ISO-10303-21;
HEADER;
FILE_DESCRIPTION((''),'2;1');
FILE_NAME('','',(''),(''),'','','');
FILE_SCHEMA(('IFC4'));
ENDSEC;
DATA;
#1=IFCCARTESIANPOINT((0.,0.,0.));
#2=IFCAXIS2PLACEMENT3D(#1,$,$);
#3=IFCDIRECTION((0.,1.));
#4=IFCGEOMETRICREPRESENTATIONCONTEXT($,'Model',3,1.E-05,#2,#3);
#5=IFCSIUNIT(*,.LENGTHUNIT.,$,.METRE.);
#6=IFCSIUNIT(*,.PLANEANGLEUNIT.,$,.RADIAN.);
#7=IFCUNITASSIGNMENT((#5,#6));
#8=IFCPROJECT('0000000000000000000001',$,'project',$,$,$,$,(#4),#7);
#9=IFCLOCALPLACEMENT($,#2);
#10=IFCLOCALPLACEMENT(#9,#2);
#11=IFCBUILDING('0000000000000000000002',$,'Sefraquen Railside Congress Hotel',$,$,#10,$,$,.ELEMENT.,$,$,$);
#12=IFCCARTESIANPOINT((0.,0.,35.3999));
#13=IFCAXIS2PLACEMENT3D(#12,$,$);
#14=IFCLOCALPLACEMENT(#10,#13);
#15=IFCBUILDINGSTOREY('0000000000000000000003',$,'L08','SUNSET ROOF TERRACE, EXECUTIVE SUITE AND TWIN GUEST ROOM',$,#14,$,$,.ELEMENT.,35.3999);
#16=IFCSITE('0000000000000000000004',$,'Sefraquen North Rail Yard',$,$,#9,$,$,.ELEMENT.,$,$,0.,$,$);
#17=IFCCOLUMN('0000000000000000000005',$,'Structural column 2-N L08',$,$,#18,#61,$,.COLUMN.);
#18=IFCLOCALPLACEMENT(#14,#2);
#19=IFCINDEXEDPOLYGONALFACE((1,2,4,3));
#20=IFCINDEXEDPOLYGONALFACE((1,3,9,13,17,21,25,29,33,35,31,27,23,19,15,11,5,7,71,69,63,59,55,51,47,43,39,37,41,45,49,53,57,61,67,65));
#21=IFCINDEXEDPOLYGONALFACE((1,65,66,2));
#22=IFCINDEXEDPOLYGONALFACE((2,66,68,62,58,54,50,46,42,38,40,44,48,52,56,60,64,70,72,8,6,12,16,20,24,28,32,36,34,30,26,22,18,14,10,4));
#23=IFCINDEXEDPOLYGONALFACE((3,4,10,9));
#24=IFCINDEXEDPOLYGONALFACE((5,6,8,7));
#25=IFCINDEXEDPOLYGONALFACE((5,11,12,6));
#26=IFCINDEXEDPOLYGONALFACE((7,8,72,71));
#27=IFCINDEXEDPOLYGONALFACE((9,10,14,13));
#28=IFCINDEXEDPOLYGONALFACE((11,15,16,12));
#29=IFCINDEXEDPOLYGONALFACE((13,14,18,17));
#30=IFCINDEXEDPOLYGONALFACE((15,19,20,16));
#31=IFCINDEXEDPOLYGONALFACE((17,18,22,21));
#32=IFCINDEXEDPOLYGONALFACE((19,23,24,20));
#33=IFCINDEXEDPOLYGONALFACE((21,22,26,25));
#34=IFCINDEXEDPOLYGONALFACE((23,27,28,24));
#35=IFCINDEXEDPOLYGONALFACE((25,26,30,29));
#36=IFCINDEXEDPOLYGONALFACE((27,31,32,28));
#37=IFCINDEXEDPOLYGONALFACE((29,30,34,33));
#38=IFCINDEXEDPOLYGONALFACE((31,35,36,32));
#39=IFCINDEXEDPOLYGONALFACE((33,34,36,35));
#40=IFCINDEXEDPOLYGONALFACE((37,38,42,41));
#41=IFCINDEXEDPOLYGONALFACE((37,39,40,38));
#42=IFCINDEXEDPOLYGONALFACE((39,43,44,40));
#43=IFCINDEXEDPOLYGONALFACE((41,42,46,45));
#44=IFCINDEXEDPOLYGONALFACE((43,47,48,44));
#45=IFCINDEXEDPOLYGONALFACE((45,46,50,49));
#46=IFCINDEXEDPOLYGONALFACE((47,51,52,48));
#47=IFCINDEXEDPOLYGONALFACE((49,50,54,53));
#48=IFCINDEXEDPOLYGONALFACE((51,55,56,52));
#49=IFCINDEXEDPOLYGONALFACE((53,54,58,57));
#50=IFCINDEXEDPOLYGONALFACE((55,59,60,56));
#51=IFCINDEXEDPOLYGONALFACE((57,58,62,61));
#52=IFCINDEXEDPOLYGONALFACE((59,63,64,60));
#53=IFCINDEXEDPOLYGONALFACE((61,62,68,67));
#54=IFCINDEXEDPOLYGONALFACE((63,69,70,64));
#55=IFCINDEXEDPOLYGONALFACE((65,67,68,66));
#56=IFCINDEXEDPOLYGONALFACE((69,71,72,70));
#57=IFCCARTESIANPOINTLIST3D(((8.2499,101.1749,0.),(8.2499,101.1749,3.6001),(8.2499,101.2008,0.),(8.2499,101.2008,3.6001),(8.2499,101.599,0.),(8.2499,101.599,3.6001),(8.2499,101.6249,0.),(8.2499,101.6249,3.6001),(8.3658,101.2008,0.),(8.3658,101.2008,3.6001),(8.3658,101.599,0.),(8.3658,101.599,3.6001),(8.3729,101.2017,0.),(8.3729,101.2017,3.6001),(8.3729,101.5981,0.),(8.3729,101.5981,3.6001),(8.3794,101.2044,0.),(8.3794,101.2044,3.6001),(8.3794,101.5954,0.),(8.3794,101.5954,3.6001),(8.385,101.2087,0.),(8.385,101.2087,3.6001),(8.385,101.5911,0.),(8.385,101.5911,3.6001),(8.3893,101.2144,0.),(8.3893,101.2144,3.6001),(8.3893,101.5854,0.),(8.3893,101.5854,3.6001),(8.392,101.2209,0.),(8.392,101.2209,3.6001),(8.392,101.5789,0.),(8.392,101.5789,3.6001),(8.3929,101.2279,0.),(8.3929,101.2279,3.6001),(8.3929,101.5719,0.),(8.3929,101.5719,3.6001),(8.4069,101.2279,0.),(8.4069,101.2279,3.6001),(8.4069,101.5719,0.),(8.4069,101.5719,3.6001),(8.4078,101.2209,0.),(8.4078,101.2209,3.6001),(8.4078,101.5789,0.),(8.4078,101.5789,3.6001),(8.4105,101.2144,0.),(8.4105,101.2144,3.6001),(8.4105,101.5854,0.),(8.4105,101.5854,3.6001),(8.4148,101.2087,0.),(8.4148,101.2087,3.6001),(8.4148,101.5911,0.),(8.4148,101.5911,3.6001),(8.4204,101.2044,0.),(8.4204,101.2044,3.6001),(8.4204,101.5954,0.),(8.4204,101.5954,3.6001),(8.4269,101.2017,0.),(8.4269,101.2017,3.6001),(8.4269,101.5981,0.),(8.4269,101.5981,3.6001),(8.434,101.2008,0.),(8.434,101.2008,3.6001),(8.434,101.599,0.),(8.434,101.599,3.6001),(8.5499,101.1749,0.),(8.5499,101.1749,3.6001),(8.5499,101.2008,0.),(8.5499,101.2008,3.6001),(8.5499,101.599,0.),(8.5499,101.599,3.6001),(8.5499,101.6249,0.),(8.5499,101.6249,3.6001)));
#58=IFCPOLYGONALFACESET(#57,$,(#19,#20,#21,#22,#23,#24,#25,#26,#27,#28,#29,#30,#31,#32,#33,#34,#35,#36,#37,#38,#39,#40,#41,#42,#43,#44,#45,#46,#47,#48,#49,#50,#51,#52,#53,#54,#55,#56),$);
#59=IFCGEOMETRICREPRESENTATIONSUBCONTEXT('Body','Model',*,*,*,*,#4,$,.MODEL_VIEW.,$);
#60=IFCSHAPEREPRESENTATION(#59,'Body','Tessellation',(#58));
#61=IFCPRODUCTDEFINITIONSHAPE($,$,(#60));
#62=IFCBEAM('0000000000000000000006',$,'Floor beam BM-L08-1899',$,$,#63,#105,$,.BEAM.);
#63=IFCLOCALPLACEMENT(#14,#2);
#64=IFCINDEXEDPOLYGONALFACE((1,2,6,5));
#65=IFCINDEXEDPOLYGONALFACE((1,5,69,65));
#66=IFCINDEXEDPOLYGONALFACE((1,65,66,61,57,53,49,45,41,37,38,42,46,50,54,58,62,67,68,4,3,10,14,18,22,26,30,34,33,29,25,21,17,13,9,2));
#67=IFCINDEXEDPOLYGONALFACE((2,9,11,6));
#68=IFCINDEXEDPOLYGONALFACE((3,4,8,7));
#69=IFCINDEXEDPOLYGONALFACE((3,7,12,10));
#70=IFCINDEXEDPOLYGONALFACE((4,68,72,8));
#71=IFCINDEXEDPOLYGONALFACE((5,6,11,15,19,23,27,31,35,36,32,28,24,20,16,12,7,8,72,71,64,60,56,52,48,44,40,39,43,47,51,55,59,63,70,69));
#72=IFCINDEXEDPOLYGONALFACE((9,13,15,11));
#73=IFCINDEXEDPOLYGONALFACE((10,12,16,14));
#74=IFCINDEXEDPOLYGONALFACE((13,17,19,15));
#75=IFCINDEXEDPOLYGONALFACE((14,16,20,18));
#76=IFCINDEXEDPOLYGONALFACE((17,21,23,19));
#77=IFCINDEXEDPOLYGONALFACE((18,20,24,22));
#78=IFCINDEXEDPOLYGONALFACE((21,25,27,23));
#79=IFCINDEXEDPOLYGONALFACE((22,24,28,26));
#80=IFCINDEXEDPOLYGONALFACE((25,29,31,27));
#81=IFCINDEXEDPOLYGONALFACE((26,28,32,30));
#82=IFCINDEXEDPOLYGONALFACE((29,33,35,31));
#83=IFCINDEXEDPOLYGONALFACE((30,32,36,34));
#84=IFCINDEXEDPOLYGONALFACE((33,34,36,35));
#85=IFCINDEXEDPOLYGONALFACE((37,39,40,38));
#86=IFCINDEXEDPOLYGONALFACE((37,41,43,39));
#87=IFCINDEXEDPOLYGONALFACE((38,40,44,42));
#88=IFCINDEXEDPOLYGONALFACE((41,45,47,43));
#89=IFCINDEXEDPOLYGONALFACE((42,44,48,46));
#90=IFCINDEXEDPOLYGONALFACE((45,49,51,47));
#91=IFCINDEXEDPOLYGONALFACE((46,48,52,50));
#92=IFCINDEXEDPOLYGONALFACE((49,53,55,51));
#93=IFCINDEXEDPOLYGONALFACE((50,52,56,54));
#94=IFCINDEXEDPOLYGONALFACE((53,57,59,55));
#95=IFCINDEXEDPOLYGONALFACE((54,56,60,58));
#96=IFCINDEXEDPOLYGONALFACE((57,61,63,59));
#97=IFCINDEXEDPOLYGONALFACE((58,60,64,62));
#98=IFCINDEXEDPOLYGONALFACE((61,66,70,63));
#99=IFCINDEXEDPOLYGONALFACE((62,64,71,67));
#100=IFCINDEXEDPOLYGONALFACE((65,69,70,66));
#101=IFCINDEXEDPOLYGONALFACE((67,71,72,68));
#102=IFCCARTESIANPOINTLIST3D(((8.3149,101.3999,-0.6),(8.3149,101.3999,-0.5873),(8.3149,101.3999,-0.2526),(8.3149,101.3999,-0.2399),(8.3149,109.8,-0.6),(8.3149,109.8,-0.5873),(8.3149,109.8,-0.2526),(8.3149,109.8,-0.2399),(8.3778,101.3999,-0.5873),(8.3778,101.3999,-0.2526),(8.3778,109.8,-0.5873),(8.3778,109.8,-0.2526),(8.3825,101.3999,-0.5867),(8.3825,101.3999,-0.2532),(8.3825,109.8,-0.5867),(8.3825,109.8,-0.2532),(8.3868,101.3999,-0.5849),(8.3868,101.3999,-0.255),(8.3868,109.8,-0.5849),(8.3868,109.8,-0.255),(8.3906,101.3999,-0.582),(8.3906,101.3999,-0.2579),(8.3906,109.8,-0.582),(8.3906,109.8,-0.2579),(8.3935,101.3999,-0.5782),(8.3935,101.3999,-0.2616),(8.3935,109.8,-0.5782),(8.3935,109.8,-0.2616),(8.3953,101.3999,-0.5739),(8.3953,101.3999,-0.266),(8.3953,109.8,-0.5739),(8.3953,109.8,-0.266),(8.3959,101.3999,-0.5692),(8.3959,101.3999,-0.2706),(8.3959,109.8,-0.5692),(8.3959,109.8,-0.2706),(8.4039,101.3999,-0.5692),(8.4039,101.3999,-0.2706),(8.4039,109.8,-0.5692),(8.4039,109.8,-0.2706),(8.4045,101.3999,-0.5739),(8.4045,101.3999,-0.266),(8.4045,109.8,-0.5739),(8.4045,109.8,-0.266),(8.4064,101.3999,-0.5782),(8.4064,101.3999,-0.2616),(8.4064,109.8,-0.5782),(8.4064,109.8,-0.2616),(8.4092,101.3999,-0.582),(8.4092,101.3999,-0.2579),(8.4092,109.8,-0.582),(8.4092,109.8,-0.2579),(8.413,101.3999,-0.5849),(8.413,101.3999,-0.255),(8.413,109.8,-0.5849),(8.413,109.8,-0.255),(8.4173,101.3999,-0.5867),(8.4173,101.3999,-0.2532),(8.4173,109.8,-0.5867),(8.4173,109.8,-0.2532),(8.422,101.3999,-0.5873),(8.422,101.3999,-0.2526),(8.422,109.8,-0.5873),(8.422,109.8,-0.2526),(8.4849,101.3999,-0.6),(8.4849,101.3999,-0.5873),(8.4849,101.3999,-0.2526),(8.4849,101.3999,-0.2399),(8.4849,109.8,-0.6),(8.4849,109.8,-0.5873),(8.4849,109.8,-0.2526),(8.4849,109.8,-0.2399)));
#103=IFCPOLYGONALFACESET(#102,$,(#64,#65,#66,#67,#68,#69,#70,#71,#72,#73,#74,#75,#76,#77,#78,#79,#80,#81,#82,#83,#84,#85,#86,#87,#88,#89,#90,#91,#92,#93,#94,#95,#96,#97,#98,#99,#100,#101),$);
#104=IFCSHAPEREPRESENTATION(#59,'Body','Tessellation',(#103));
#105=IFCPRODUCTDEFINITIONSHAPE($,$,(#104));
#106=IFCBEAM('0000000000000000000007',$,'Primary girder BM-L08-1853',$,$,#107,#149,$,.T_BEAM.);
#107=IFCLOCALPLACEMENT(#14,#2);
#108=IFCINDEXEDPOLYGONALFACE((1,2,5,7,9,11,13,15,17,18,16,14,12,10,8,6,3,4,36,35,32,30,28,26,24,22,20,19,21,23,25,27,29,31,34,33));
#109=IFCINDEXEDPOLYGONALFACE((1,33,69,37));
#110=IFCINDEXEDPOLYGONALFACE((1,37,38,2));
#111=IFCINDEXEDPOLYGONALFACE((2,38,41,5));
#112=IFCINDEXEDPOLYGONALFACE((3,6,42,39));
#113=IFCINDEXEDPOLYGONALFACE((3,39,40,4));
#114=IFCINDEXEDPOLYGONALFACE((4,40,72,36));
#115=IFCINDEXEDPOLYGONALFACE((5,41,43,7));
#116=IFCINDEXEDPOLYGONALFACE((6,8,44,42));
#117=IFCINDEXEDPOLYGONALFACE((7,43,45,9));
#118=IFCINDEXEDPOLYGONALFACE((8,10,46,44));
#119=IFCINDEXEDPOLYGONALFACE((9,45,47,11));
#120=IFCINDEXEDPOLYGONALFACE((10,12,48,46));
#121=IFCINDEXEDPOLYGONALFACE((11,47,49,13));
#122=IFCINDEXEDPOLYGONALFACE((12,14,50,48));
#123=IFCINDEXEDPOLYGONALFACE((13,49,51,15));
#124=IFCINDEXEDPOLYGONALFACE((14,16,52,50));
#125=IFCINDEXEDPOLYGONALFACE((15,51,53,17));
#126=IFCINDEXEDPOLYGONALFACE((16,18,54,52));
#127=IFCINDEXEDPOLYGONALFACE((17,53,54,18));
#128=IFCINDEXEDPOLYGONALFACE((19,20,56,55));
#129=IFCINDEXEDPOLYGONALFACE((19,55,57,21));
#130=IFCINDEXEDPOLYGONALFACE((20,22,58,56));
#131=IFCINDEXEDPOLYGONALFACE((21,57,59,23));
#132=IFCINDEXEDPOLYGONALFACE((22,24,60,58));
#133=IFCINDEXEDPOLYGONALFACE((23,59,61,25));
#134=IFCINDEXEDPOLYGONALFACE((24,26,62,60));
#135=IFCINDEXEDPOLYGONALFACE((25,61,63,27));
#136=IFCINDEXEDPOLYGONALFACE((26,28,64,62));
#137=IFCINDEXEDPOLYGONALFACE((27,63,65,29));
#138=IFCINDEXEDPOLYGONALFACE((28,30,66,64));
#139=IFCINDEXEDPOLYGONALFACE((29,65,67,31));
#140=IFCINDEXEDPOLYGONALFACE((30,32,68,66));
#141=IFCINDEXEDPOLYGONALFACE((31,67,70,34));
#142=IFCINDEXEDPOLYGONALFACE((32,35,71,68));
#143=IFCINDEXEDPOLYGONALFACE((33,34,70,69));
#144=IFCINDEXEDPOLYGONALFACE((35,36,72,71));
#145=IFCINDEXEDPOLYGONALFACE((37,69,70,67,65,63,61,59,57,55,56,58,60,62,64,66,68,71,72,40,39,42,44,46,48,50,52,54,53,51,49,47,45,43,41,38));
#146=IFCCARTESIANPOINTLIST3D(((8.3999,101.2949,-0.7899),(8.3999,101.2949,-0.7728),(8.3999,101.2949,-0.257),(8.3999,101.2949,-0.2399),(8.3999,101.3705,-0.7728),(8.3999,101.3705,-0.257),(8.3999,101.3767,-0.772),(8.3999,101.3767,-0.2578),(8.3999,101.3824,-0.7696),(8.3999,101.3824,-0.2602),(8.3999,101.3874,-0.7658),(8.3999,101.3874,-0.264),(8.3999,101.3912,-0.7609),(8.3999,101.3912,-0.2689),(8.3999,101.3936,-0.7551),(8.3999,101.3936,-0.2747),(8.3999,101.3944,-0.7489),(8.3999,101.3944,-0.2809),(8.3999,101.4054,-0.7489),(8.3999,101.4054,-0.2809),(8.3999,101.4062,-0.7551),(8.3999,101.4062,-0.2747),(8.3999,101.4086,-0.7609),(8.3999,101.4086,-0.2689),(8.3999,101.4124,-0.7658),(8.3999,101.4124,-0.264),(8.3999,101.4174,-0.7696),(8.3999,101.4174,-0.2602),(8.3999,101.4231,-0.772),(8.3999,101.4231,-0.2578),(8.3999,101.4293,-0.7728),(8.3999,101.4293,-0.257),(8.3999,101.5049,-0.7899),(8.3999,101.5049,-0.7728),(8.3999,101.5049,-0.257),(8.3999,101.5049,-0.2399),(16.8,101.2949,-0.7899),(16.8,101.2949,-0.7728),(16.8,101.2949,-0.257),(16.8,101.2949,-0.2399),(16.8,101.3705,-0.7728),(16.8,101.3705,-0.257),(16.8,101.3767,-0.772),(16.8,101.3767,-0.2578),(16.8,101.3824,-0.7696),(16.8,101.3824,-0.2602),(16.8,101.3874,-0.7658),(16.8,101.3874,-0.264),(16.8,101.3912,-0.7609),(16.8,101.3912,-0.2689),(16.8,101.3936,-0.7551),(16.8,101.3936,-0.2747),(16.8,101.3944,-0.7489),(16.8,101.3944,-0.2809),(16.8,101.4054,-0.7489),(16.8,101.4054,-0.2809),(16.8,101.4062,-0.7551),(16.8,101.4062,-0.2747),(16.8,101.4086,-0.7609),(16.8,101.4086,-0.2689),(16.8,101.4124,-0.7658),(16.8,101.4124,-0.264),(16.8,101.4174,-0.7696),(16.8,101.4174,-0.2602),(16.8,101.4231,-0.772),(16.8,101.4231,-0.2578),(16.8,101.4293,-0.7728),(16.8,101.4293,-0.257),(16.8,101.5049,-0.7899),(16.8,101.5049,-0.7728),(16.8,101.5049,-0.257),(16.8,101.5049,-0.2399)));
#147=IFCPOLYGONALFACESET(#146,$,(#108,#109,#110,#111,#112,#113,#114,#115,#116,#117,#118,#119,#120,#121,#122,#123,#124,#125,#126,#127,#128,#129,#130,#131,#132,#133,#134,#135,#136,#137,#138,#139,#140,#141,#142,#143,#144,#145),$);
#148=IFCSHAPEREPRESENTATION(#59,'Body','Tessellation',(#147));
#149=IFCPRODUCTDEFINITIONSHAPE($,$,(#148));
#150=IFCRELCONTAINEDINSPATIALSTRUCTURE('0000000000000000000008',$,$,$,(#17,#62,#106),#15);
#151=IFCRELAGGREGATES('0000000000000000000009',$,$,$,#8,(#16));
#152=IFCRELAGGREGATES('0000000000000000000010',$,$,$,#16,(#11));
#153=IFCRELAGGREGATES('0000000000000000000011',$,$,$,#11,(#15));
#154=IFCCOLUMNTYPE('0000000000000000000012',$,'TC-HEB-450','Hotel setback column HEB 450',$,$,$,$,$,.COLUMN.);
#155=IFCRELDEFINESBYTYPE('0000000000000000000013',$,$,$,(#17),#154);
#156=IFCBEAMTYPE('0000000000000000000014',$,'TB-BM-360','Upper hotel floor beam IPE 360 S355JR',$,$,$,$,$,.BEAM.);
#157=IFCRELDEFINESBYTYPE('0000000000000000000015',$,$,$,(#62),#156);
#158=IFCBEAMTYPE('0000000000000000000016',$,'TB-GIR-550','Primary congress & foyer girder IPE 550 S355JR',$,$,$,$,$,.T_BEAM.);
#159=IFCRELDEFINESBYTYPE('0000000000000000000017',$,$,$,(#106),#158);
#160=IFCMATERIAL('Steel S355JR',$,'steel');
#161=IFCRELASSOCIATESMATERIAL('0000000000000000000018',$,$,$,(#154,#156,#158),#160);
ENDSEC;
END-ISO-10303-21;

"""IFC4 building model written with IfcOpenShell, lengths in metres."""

from ifc_helpers import new_model, si_unit, direction, frame, origin, origin_2d, place, context, subcontext, project, spatial, i_section, extrude, material, material_profile, profile_set, type_object, element, save


model = new_model("IFC4")

# Units and contexts
model_context = context("Model", 3, precision=1e-05, world=origin(), true_north=direction((0.0, 1.0)))
body_context = subcontext(model_context, "Body", "Model", "MODEL_VIEW")
ifc_project = project(units=[si_unit("LENGTHUNIT", "METRE"), si_unit("PLANEANGLEUNIT", "RADIAN")], contexts=[model_context])

# Site, building, storey
site_placement = place(None, origin())
site = spatial("IfcSite", under=ifc_project, at=site_placement, Name="Sefraquen North Rail Yard", CompositionType="ELEMENT", RefElevation=0.0)
building_placement = place(site_placement, origin())
building = spatial("IfcBuilding", under=site, at=building_placement, Name="Sefraquen Railside Congress Hotel", CompositionType="ELEMENT")
storey_placement = place(building_placement, frame((0.0, 0.0, 35.3999)))
storey = spatial("IfcBuildingStorey", under=building, at=storey_placement, Name="L08", Description="SUNSET ROOF TERRACE, EXECUTIVE SUITE AND TWIN GUEST ROOM", CompositionType="ELEMENT", Elevation=35.3999)

# Column
ifc_material_1 = material(Name="Steel S355JR", Category="steel")
ifc_material_profile_1 = material_profile(ifc_material_1, i_section(OverallWidth=0.3, OverallDepth=0.45, WebThickness=0.0139, FlangeThickness=0.0259, FilletRadius=0.0271, at=origin_2d()), Name="HEB 450")
ifc_profile_set_1 = profile_set([ifc_material_profile_1], Name="Steel S355JR")
column_type = type_object("IfcColumnType", Name="TC-HEB-450", Description="Hotel setback column HEB 450", PredefinedType="COLUMN", material=ifc_profile_set_1)
column_placement = place(storey_placement, frame((8.3999, 101.3999, 0.0), z_axis=(0.0, 0.0, 1.0), x_axis=(1.0, 0.0, 0.0)))
element("IfcColumn", 1, at=column_placement, inside=storey, type_object=column_type, Name="Structural column 2-N L08", PredefinedType="COLUMN", context=body_context, shape_type="SweptSolid", body=[
    extrude(i_section(OverallWidth=0.3, OverallDepth=0.45, WebThickness=0.0139, FlangeThickness=0.0259, FilletRadius=0.0271, at=origin_2d()), origin(), (0.0, 0.0, 1.0), 3.6001),
])

# Beams
ifc_material_profile_2 = material_profile(ifc_material_1, i_section(OverallWidth=0.1699, OverallDepth=0.3601, WebThickness=0.0081, FlangeThickness=0.0127, FilletRadius=0.0181, at=origin_2d()), Name="IPE 360")
ifc_profile_set_2 = profile_set([ifc_material_profile_2], Name="Steel S355JR")
beam_type_1 = type_object("IfcBeamType", Name="TB-BM-360", Description="Upper hotel floor beam IPE 360 S355JR", PredefinedType="BEAM", material=ifc_profile_set_2)
beam_1_placement = place(storey_placement, frame((8.3999, 101.3999, -0.4199), z_axis=(0.0, 1.0, 0.0), x_axis=(-1.0, 0.0, 0.0)))
element("IfcBeam", 2, at=beam_1_placement, inside=storey, type_object=beam_type_1, Name="Floor beam BM-L08-1899", PredefinedType="BEAM", context=body_context, shape_type="SweptSolid", body=[
    extrude(i_section(OverallWidth=0.1699, OverallDepth=0.3601, WebThickness=0.0081, FlangeThickness=0.0127, FilletRadius=0.0181, at=origin_2d()), origin(), (0.0, 0.0, 1.0), 8.4001),
])
ifc_material_profile_3 = material_profile(ifc_material_1, i_section(OverallWidth=0.21, OverallDepth=0.55, WebThickness=0.011, FlangeThickness=0.0171, FilletRadius=0.0239, at=origin_2d()), Name="IPE 550")
ifc_profile_set_3 = profile_set([ifc_material_profile_3], Name="Steel S355JR")
beam_type_2 = type_object("IfcBeamType", Name="TB-GIR-550", Description="Primary congress & foyer girder IPE 550 S355JR", PredefinedType="T_BEAM", material=ifc_profile_set_3)
beam_2_placement = place(storey_placement, frame((8.3999, 101.3999, -0.5149), z_axis=(1.0, 0.0, 0.0), x_axis=(0.0, 1.0, 0.0)))
element("IfcBeam", 3, at=beam_2_placement, inside=storey, type_object=beam_type_2, Name="Primary girder BM-L08-1853", PredefinedType="T_BEAM", context=body_context, shape_type="SweptSolid", body=[
    extrude(i_section(OverallWidth=0.21, OverallDepth=0.55, WebThickness=0.011, FlangeThickness=0.0171, FilletRadius=0.0239, at=origin_2d()), origin(), (0.0, 0.0, 1.0), 8.4001),
])

save(model, "model.ifc")
